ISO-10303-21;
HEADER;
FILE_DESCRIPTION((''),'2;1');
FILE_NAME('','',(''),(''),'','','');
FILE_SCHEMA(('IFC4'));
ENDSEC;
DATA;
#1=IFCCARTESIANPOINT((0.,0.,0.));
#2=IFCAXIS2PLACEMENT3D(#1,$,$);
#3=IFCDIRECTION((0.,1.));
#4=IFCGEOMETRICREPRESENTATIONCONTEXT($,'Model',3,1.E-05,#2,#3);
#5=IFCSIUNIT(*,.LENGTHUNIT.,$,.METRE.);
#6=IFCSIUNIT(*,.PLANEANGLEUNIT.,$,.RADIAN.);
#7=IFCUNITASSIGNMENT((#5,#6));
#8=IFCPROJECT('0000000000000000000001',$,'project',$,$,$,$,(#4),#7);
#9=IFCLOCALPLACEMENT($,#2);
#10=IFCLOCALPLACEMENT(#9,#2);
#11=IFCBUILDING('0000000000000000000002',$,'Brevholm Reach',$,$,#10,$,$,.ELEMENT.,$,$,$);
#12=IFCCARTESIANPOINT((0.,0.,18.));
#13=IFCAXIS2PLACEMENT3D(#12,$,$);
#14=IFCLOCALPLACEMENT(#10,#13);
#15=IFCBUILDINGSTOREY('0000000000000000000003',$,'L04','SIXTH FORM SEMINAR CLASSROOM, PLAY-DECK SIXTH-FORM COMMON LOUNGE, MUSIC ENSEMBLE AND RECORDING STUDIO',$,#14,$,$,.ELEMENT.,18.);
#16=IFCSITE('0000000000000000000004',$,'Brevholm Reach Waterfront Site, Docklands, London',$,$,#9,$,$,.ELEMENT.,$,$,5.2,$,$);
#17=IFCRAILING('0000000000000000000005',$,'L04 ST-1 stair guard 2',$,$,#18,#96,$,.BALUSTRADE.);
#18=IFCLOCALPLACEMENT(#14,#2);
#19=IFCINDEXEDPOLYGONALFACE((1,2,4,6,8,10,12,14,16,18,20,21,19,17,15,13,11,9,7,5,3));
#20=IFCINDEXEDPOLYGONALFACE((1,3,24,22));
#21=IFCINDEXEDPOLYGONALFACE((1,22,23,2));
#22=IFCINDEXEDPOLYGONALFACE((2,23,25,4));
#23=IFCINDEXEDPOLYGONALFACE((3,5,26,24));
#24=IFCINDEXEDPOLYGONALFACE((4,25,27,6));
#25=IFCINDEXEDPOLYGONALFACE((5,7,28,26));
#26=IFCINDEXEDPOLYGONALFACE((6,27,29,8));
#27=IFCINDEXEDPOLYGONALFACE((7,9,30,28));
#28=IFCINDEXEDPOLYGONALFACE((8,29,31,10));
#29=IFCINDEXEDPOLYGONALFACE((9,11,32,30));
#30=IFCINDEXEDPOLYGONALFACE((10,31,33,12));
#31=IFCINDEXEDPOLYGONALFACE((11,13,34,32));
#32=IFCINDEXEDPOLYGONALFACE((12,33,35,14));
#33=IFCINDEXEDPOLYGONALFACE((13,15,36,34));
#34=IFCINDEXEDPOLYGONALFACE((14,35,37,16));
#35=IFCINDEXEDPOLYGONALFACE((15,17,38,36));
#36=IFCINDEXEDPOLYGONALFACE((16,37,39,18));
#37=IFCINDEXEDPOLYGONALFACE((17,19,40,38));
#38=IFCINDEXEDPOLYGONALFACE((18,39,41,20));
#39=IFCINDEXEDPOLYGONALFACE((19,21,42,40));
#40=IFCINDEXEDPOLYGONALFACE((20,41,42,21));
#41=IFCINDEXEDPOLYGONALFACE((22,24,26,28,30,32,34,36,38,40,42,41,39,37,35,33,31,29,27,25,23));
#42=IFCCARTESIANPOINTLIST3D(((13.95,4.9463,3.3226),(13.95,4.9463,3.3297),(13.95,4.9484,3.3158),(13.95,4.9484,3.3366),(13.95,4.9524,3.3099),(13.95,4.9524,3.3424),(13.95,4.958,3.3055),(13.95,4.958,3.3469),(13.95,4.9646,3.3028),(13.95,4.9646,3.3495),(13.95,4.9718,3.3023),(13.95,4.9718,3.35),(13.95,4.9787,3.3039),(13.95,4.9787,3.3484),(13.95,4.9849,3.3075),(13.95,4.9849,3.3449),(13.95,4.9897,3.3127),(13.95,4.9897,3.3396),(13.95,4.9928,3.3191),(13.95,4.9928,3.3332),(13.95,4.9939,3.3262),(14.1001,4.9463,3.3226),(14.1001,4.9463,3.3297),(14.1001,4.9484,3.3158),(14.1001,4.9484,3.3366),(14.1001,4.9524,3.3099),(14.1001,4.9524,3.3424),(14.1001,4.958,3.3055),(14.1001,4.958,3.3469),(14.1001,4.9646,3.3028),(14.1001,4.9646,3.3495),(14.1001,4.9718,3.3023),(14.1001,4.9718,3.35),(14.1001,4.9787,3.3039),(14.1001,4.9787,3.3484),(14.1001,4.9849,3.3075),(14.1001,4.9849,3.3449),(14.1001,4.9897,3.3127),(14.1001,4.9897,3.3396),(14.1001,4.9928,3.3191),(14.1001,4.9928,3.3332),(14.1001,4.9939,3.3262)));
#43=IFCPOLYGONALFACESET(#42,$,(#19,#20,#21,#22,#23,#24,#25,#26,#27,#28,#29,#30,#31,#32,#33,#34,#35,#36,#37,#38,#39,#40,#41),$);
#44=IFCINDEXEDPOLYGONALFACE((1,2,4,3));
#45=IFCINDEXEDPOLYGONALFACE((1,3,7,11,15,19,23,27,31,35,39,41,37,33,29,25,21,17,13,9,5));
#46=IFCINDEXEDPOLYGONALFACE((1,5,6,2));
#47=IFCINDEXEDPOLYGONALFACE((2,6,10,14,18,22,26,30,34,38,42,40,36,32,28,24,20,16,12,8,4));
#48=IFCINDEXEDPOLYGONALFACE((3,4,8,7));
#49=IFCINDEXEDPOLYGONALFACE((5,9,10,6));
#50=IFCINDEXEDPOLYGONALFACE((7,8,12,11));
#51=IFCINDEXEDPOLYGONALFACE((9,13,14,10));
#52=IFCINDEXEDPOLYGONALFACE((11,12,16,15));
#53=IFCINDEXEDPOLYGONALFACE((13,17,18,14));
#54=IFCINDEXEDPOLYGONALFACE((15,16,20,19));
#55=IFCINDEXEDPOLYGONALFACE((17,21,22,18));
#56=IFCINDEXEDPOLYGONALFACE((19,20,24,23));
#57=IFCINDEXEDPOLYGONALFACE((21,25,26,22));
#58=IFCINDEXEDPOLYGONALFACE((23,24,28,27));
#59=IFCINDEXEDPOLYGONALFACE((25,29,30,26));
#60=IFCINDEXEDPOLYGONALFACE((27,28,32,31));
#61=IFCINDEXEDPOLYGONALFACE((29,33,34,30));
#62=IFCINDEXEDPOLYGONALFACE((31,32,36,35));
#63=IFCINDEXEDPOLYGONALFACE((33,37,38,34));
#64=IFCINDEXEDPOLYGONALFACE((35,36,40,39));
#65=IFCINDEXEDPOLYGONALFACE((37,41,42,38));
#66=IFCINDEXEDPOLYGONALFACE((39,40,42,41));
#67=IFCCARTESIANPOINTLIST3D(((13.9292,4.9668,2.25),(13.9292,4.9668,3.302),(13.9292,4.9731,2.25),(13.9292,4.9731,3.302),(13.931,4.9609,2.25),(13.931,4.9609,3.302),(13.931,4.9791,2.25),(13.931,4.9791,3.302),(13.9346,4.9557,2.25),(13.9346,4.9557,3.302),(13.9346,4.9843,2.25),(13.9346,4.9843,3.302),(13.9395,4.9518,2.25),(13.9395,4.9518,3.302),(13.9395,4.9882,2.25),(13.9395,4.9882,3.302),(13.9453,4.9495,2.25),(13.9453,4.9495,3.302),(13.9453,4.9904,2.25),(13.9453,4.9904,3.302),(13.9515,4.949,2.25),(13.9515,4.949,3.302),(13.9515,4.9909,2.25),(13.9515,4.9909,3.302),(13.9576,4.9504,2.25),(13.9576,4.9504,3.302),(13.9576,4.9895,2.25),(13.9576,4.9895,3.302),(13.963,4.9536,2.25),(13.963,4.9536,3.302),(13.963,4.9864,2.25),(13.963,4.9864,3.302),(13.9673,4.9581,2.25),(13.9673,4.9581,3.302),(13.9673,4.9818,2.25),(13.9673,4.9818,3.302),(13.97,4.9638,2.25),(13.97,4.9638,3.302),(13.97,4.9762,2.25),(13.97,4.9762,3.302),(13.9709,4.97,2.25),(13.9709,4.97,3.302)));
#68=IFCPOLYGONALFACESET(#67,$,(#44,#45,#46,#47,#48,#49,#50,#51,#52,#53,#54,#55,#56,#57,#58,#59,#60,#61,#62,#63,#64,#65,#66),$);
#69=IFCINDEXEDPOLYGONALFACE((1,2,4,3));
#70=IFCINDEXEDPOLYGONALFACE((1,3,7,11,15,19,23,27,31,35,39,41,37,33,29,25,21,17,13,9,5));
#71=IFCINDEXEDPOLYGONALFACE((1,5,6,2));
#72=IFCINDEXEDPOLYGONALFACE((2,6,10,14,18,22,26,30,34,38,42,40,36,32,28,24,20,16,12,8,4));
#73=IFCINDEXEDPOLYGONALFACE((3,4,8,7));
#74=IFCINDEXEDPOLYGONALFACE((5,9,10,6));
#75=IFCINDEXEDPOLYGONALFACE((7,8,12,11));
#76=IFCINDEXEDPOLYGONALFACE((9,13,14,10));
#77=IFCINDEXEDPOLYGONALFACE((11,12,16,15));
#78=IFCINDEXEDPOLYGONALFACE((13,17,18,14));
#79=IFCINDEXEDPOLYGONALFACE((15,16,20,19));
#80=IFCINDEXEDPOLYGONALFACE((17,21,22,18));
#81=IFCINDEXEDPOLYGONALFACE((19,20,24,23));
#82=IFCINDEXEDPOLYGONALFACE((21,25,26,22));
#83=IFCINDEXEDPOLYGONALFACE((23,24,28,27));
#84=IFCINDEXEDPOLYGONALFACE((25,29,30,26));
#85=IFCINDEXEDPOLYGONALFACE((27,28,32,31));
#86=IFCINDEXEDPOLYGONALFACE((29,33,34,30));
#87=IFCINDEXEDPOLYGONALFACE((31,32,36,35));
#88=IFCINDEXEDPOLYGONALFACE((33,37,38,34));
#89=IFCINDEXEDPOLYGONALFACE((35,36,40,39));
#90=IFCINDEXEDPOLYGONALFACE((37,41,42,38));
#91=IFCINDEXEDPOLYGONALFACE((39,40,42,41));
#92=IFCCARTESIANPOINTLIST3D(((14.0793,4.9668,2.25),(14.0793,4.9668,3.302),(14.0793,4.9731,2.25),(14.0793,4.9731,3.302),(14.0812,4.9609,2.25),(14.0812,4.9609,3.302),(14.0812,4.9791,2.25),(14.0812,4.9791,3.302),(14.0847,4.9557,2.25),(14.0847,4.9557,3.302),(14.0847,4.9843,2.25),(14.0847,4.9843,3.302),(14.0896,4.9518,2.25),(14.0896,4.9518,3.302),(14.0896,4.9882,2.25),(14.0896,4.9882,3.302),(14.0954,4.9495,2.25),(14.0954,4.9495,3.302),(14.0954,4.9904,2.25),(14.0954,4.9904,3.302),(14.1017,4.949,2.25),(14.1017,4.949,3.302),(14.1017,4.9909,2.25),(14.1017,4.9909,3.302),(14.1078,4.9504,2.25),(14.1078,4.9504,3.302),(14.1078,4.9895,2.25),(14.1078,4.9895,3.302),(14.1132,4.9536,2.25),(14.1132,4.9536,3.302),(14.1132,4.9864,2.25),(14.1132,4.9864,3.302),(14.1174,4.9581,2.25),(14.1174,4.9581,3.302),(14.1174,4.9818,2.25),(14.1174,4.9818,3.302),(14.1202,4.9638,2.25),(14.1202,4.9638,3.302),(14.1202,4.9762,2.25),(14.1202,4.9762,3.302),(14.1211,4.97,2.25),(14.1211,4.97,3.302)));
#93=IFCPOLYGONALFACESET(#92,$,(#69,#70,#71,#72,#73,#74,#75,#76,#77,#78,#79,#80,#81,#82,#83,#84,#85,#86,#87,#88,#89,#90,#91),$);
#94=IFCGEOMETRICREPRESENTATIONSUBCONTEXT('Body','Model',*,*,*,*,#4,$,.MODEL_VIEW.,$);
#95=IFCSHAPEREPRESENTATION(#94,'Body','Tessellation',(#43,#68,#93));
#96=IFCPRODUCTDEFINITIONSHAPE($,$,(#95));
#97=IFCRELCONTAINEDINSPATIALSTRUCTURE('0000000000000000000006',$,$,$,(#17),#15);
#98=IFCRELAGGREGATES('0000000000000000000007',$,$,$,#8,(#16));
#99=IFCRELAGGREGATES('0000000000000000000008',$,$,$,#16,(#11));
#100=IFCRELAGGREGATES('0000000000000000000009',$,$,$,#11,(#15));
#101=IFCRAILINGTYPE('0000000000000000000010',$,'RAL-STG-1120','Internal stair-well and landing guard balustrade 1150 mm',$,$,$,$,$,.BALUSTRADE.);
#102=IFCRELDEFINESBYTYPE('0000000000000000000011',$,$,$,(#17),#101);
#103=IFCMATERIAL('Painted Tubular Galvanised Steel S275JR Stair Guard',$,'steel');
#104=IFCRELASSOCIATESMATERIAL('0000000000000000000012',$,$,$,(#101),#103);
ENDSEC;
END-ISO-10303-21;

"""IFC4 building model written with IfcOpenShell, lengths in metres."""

from ifc_helpers import new_model, si_unit, direction, frame, origin, origin_2d, place, context, subcontext, project, spatial, circle, extrude, material, type_object, element, save


model = new_model("IFC4")

# Units and contexts
model_context = context("Model", 3, precision=1e-05, world=origin(), true_north=direction((0.0, 1.0)))
body_context = subcontext(model_context, "Body", "Model", "MODEL_VIEW")
ifc_project = project(units=[si_unit("LENGTHUNIT", "METRE"), si_unit("PLANEANGLEUNIT", "RADIAN")], contexts=[model_context])

# Site, building, storey
site_placement = place(None, origin())
site = spatial("IfcSite", under=ifc_project, at=site_placement, Name="Brevholm Reach Waterfront Site, Docklands, London", CompositionType="ELEMENT", RefElevation=5.2)
building_placement = place(site_placement, origin())
building = spatial("IfcBuilding", under=site, at=building_placement, Name="Brevholm Reach", CompositionType="ELEMENT")
storey_placement = place(building_placement, frame((0.0, 0.0, 18.0)))
storey = spatial("IfcBuildingStorey", under=building, at=storey_placement, Name="L04", Description="SIXTH FORM SEMINAR CLASSROOM, PLAY-DECK SIXTH-FORM COMMON LOUNGE, MUSIC ENSEMBLE AND RECORDING STUDIO", CompositionType="ELEMENT", Elevation=18.0)

# Railing
ifc_material_1 = material(Name="Painted Tubular Galvanised Steel S275JR Stair Guard", Category="steel")
railing_type_1 = type_object("IfcRailingType", Name="RAL-STG-1120", Description="Internal stair-well and landing guard balustrade 1150 mm", PredefinedType="BALUSTRADE", material=ifc_material_1)
railing_1_placement = place(storey_placement, frame((13.95, 4.97, 2.25)))
element("IfcRailing", 1, at=railing_1_placement, inside=storey, type_object=railing_type_1, Name="L04 ST-1 stair guard 2", PredefinedType="BALUSTRADE", context=body_context, shape_type="SweptSolid", body=[
    extrude(circle(Radius=0.0239, at=origin_2d()), frame((0.0, 0.0, 1.0762), z_axis=(1.0, 0.0, 0.0), x_axis=(0.0, 1.0, 0.0)), (0.0, 0.0, 1.0), 0.1501),
    extrude(circle(Radius=0.021, at=origin_2d()), origin(), (0.0, 0.0, 1.0), 1.052),
    extrude(circle(Radius=0.021, at=origin_2d()), frame((0.1501, 0.0, 0.0)), (0.0, 0.0, 1.0), 1.052),
])

save(model, "model.ifc")
